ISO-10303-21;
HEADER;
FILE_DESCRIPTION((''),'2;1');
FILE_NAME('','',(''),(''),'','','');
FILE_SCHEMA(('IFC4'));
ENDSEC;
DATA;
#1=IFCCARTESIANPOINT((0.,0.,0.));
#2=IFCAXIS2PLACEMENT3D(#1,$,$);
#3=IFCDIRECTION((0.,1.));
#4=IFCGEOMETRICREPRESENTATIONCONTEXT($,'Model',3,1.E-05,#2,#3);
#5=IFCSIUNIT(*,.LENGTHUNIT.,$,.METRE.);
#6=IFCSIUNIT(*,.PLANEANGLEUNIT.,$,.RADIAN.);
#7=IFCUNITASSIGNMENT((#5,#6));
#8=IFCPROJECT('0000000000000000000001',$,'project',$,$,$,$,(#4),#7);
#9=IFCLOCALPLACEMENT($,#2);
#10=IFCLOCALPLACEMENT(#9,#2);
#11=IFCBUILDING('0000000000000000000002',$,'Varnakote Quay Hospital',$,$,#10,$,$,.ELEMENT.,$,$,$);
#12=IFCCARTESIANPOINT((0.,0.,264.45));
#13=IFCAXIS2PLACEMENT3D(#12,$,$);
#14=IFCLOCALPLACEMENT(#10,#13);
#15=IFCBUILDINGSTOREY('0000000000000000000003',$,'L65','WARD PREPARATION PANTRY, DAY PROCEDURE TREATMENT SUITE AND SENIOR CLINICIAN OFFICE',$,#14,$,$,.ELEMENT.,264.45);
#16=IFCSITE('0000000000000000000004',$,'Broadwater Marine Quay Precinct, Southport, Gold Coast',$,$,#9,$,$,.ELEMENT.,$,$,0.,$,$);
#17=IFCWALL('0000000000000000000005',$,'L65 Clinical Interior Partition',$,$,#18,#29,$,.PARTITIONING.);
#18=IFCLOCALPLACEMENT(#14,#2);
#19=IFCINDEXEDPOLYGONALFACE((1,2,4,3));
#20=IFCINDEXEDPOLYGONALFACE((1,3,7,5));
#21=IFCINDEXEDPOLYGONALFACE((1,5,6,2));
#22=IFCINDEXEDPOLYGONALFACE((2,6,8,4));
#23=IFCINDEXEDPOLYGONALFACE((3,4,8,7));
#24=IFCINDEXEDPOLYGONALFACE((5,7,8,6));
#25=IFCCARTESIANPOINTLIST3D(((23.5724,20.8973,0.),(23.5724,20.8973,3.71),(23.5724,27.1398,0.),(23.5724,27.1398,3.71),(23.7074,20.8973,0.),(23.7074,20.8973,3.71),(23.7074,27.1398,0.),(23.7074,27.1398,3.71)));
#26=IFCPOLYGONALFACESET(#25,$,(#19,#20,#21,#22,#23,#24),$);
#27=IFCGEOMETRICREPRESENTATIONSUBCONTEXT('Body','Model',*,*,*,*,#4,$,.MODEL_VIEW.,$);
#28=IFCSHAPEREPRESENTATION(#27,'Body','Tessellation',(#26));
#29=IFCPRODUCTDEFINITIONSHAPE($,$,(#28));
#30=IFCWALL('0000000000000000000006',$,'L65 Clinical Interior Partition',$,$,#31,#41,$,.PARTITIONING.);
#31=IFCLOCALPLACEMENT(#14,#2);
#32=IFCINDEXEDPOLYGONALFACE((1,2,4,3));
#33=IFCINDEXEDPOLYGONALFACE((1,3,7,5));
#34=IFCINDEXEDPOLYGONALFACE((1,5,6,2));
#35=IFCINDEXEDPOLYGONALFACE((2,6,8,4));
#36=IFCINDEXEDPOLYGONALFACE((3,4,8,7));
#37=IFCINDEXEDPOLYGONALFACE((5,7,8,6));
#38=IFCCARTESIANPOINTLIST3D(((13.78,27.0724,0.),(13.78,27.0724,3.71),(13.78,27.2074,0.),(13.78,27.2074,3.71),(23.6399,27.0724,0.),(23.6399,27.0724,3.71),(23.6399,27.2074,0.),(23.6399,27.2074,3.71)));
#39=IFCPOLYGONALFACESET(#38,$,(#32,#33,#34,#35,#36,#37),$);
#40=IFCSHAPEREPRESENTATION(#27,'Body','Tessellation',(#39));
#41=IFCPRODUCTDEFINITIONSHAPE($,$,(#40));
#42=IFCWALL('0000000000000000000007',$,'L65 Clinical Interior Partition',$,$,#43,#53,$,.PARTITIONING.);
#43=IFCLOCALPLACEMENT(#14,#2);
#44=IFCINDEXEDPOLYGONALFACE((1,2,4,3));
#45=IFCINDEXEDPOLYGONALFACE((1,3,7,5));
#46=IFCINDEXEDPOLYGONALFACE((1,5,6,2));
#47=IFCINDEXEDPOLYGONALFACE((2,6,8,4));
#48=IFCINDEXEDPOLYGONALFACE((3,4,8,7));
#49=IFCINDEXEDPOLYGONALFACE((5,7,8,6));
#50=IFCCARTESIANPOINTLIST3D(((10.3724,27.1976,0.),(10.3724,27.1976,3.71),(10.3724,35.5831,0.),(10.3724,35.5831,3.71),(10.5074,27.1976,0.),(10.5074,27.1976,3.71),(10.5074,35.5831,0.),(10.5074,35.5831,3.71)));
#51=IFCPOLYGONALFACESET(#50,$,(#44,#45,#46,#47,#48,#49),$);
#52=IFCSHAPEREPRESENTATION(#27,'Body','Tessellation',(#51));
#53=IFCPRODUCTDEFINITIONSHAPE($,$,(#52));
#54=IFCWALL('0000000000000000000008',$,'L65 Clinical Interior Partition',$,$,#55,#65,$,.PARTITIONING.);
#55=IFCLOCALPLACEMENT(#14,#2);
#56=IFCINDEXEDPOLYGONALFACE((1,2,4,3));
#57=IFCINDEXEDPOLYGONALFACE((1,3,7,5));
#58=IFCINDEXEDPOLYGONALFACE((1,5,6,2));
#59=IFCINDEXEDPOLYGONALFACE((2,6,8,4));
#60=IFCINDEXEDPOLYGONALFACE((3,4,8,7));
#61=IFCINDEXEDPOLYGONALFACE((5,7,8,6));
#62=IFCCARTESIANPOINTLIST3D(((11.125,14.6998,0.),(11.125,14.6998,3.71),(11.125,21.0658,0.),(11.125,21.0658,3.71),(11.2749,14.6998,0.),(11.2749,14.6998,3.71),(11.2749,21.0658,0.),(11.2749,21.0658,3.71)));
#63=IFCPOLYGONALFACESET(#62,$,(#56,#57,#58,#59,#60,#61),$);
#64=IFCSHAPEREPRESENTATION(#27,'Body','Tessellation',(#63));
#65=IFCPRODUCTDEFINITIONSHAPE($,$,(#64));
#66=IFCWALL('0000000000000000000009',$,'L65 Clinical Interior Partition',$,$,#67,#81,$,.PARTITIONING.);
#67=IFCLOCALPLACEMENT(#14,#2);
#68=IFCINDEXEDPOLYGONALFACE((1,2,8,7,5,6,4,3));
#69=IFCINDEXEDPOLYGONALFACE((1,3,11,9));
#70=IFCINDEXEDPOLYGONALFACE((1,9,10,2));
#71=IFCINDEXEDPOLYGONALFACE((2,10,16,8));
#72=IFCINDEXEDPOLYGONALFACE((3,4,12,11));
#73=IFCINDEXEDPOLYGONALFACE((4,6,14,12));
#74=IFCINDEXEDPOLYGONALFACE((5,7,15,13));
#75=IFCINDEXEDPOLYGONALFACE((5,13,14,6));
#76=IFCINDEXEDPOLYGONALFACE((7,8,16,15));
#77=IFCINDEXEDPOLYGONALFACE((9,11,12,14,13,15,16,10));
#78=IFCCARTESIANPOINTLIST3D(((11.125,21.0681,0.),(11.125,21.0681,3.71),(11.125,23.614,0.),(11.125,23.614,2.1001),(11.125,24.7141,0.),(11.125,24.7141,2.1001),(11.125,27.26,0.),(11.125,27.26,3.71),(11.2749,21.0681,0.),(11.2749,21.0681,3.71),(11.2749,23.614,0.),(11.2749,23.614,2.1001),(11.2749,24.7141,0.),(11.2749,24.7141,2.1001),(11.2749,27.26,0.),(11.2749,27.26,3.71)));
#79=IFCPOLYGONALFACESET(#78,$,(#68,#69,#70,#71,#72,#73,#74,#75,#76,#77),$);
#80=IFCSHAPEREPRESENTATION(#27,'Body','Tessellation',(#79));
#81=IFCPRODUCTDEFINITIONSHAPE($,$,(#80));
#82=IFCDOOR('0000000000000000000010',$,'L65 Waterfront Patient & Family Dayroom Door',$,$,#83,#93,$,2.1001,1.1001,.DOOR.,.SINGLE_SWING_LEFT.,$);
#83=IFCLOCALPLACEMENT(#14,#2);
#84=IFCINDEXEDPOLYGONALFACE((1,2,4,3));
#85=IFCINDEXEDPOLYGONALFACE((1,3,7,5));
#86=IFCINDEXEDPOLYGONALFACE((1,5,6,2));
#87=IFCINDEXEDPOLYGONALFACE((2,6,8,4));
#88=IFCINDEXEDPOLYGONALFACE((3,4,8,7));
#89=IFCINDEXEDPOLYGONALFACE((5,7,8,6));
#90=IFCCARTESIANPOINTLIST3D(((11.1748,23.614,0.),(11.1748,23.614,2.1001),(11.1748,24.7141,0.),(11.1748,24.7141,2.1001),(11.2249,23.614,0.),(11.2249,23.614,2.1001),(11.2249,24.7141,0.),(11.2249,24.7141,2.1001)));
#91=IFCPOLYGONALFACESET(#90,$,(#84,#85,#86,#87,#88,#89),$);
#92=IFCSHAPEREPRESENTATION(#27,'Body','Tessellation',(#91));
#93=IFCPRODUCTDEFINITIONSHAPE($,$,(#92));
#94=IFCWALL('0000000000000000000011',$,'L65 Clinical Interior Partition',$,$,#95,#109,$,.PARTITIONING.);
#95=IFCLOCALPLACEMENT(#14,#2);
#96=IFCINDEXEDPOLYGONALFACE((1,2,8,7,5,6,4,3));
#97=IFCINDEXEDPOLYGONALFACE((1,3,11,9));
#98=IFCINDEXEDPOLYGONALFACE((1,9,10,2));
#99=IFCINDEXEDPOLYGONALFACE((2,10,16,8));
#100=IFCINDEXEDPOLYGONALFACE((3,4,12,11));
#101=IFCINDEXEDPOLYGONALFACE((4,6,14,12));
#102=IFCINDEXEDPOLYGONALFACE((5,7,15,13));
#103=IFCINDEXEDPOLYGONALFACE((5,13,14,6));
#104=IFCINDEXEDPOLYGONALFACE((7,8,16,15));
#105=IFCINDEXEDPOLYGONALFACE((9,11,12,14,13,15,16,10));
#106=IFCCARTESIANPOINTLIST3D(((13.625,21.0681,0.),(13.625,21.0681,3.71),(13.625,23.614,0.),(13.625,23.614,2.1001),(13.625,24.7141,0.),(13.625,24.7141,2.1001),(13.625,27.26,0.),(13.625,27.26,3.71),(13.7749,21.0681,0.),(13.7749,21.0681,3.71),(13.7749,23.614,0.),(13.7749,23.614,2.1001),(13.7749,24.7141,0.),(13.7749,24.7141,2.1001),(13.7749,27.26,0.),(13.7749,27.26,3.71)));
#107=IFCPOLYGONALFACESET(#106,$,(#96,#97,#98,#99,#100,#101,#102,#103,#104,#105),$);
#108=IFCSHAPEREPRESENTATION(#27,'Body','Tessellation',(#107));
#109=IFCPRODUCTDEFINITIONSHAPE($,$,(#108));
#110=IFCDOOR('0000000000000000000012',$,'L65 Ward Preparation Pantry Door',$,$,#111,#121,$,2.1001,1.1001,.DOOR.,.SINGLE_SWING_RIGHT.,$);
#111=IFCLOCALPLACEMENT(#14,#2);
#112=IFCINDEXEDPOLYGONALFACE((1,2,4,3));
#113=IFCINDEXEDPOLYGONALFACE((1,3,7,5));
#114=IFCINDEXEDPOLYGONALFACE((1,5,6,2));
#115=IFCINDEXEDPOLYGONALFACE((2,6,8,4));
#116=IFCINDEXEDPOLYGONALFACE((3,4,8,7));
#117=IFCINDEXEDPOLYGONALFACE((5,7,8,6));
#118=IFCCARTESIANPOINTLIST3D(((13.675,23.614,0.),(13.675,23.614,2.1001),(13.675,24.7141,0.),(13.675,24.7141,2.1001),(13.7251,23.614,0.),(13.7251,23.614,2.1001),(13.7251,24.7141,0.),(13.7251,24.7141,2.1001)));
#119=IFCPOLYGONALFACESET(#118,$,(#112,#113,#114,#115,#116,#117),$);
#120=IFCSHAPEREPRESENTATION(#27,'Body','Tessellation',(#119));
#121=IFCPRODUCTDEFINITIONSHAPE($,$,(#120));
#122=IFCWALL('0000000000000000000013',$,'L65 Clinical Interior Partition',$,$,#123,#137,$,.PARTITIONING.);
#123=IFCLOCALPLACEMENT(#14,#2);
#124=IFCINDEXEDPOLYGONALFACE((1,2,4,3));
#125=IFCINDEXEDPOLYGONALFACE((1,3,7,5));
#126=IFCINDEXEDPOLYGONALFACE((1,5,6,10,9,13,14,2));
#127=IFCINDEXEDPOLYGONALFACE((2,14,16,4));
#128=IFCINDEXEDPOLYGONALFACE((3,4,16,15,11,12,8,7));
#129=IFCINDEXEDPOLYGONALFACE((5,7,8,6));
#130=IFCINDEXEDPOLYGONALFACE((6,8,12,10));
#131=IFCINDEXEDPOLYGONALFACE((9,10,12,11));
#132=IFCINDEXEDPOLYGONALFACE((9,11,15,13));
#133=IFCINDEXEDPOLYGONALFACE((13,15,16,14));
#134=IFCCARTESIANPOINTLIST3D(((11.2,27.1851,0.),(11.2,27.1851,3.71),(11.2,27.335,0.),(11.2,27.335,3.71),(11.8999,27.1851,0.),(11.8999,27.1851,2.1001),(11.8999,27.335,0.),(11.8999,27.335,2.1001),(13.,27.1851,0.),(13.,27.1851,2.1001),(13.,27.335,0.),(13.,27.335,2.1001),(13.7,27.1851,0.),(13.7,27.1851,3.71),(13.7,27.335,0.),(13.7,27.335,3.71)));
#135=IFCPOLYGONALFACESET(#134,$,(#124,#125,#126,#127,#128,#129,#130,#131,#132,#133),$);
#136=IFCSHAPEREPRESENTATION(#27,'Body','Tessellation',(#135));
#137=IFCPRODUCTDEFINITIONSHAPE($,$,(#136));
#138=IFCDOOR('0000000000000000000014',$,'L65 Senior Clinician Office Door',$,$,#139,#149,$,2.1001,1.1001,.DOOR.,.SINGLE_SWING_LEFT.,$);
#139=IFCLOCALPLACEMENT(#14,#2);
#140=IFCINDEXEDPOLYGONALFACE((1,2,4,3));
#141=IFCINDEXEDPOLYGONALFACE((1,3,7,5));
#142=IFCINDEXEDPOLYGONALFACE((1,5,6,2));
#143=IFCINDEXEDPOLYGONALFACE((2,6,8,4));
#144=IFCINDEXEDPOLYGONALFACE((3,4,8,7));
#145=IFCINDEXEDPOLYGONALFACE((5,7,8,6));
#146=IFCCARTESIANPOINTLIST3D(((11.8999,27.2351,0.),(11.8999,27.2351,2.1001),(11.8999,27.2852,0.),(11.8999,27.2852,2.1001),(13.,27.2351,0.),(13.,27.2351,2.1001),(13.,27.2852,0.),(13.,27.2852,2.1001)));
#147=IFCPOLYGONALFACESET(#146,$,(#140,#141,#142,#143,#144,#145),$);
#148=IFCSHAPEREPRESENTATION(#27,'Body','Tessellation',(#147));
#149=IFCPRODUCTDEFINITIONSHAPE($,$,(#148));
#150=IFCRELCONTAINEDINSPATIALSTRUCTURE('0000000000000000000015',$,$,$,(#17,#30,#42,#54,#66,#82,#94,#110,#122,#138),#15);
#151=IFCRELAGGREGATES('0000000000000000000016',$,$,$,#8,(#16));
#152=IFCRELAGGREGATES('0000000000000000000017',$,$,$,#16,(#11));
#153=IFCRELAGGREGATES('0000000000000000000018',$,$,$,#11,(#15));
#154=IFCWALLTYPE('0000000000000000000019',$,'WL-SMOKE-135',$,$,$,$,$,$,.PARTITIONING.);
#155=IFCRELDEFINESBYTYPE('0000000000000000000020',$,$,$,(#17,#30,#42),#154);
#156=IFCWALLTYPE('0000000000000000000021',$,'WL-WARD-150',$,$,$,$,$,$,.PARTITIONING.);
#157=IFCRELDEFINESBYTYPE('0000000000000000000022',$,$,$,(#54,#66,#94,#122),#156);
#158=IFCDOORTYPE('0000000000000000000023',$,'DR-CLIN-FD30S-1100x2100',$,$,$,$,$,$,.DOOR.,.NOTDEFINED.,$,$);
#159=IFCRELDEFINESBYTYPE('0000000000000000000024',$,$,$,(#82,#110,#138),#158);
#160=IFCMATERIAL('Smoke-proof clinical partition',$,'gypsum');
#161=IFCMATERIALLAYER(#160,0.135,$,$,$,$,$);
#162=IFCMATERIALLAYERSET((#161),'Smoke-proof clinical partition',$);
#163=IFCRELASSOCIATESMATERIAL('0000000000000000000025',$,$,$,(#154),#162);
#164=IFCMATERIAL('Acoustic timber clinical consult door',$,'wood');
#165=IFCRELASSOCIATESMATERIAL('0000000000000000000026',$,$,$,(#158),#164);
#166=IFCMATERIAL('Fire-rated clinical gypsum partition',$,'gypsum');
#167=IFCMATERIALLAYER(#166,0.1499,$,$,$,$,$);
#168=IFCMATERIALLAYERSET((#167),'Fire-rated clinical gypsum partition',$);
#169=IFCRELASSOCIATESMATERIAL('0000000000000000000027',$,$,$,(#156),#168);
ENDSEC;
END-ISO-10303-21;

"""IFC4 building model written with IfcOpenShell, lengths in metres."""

from ifc_helpers import new_model, si_unit, direction, frame, frame_2d, origin, place, context, subcontext, project, spatial, rectangle, extrude, material, layer, layer_set, type_object, element, fill, save


model = new_model("IFC4")

# Units and contexts
model_context = context("Model", 3, precision=1e-05, world=origin(), true_north=direction((0.0, 1.0)))
body_context = subcontext(model_context, "Body", "Model", "MODEL_VIEW")
ifc_project = project(units=[si_unit("LENGTHUNIT", "METRE"), si_unit("PLANEANGLEUNIT", "RADIAN")], contexts=[model_context])

# Site, building, storey
site_placement = place(None, origin())
site = spatial("IfcSite", under=ifc_project, at=site_placement, Name="Broadwater Marine Quay Precinct, Southport, Gold Coast", CompositionType="ELEMENT", RefElevation=0.0)
building_placement = place(site_placement, origin())
building = spatial("IfcBuilding", under=site, at=building_placement, Name="Varnakote Quay Hospital", CompositionType="ELEMENT")
storey_placement = place(building_placement, frame((0.0, 0.0, 264.45)))
storey = spatial("IfcBuildingStorey", under=building, at=storey_placement, Name="L65", Description="WARD PREPARATION PANTRY, DAY PROCEDURE TREATMENT SUITE AND SENIOR CLINICIAN OFFICE", CompositionType="ELEMENT", Elevation=264.45)

# Shared definitions
ifc_material_1 = material(Name="Smoke-proof clinical partition", Category="gypsum")
ifc_layer_1 = layer(ifc_material_1, 0.135)
ifc_layer_set_1 = layer_set([ifc_layer_1], Name="Smoke-proof clinical partition")
wall_type_1 = type_object("IfcWallType", Name="WL-SMOKE-135", PredefinedType="PARTITIONING", material=ifc_layer_set_1)

# Shared definitions
ifc_material_2 = material(Name="Acoustic timber clinical consult door", Category="wood")
door_type = type_object("IfcDoorType", Name="DR-CLIN-FD30S-1100x2100", OperationType="NOTDEFINED", PredefinedType="DOOR", material=ifc_material_2)

# Walls
wall_1_placement = place(storey_placement, frame((23.6399, 20.8975, 0.0), z_axis=(0.0, 0.0, 1.0), x_axis=(0.0, 1.0, 0.0)))
element("IfcWall", 1, at=wall_1_placement, inside=storey, type_object=wall_type_1, Name="L65 Clinical Interior Partition", PredefinedType="PARTITIONING", context=body_context, shape_type="SweptSolid", body=[
    extrude(rectangle(XDim=6.2424, YDim=0.135, at=frame_2d((3.1211, 0.0))), origin(), (0.0, 0.0, 1.0), 3.71),
])
wall_2_placement = place(storey_placement, frame((23.6399, 27.1399, 0.0), z_axis=(0.0, 0.0, 1.0), x_axis=(-1.0, 0.0, 0.0)))
element("IfcWall", 2, at=wall_2_placement, inside=storey, type_object=wall_type_1, Name="L65 Clinical Interior Partition", PredefinedType="PARTITIONING", context=body_context, shape_type="SweptSolid", body=[
    extrude(rectangle(XDim=9.8599, YDim=0.135, at=frame_2d((4.9299, 0.0))), origin(), (0.0, 0.0, 1.0), 3.71),
])
wall_3_placement = place(storey_placement, frame((10.4399, 27.1975, 0.0), z_axis=(0.0, 0.0, 1.0), x_axis=(0.0, 1.0, 0.0)))
element("IfcWall", 3, at=wall_3_placement, inside=storey, type_object=wall_type_1, Name="L65 Clinical Interior Partition", PredefinedType="PARTITIONING", context=body_context, shape_type="SweptSolid", body=[
    extrude(rectangle(XDim=8.3855, YDim=0.135, at=frame_2d((4.1929, 0.0))), origin(), (0.0, 0.0, 1.0), 3.71),
])
ifc_material_3 = material(Name="Fire-rated clinical gypsum partition", Category="gypsum")
ifc_layer_2 = layer(ifc_material_3, 0.1499)
ifc_layer_set_2 = layer_set([ifc_layer_2], Name="Fire-rated clinical gypsum partition")
wall_type_2 = type_object("IfcWallType", Name="WL-WARD-150", PredefinedType="PARTITIONING", material=ifc_layer_set_2)
wall_4_placement = place(storey_placement, frame((11.2, 21.0659, 0.0), z_axis=(0.0, 0.0, 1.0), x_axis=(0.0, -1.0, 0.0)))
element("IfcWall", 4, at=wall_4_placement, inside=storey, type_object=wall_type_2, Name="L65 Clinical Interior Partition", PredefinedType="PARTITIONING", context=body_context, shape_type="SweptSolid", body=[
    extrude(rectangle(XDim=6.366, YDim=0.1499, at=frame_2d((3.1831, 0.0))), origin(), (0.0, 0.0, 1.0), 3.71),
])

# Walls, openings, doors
wall_5_placement = place(storey_placement, frame((11.2, 27.26, 0.0), z_axis=(0.0, 0.0, 1.0), x_axis=(0.0, -1.0, 0.0)))
wall_5 = element("IfcWall", 5, at=wall_5_placement, inside=storey, type_object=wall_type_2, Name="L65 Clinical Interior Partition", PredefinedType="PARTITIONING", context=body_context, shape_type="SweptSolid", body=[
    extrude(rectangle(XDim=6.1919, YDim=0.1499, at=frame_2d((3.0959, 0.0))), origin(), (0.0, 0.0, 1.0), 3.71),
])
opening_1_placement = place(wall_5_placement, frame((2.5459, 0.0, 0.0)))
opening_1 = element("IfcOpeningElement", 6, at=opening_1_placement, cuts=wall_5, PredefinedType="OPENING", context=body_context, shape_type="SweptSolid", body=[
    extrude(rectangle(XDim=1.1001, YDim=2.1001, at=frame_2d((0.55, 1.05))), frame((0.0, 0.085, 0.0), z_axis=(0.0, -1.0, 0.0), x_axis=(1.0, 0.0, 0.0)), (0.0, 0.0, 1.0), 0.1699),
])
door_1_placement = place(opening_1_placement, origin())
door_1 = element("IfcDoor", 7, at=door_1_placement, inside=storey, type_object=door_type, Name="L65 Waterfront Patient & Family Dayroom Door", OperationType="SINGLE_SWING_LEFT", OverallHeight=2.1001, OverallWidth=1.1001, PredefinedType="DOOR", context=body_context, shape_type="SweptSolid", body=[
    extrude(rectangle(XDim=1.1001, YDim=2.1001, at=frame_2d((0.55, 1.05))), frame((0.0, 0.0249, 0.0), z_axis=(0.0, -1.0, 0.0), x_axis=(1.0, 0.0, 0.0)), (0.0, 0.0, 1.0), 0.05),
])
fill(opening_1, door_1)
wall_6_placement = place(storey_placement, frame((13.7, 21.0681, 0.0), z_axis=(0.0, 0.0, 1.0), x_axis=(0.0, 1.0, 0.0)))
wall_6 = element("IfcWall", 8, at=wall_6_placement, inside=storey, type_object=wall_type_2, Name="L65 Clinical Interior Partition", PredefinedType="PARTITIONING", context=body_context, shape_type="SweptSolid", body=[
    extrude(rectangle(XDim=6.1919, YDim=0.1499, at=frame_2d((3.0959, 0.0))), origin(), (0.0, 0.0, 1.0), 3.71),
])
opening_2_placement = place(wall_6_placement, frame((2.5459, 0.0, 0.0)))
opening_2 = element("IfcOpeningElement", 9, at=opening_2_placement, cuts=wall_6, PredefinedType="OPENING", context=body_context, shape_type="SweptSolid", body=[
    extrude(rectangle(XDim=1.1001, YDim=2.1001, at=frame_2d((0.55, 1.05))), frame((0.0, 0.085, 0.0), z_axis=(0.0, -1.0, 0.0), x_axis=(1.0, 0.0, 0.0)), (0.0, 0.0, 1.0), 0.1699),
])
door_2_placement = place(opening_2_placement, origin())
door_2 = element("IfcDoor", 10, at=door_2_placement, inside=storey, type_object=door_type, Name="L65 Ward Preparation Pantry Door", OperationType="SINGLE_SWING_RIGHT", OverallHeight=2.1001, OverallWidth=1.1001, PredefinedType="DOOR", context=body_context, shape_type="SweptSolid", body=[
    extrude(rectangle(XDim=1.1001, YDim=2.1001, at=frame_2d((0.55, 1.05))), frame((0.0, 0.0249, 0.0), z_axis=(0.0, -1.0, 0.0), x_axis=(1.0, 0.0, 0.0)), (0.0, 0.0, 1.0), 0.05),
])
fill(opening_2, door_2)
wall_7_placement = place(storey_placement, frame((13.7, 27.26, 0.0), z_axis=(0.0, 0.0, 1.0), x_axis=(-1.0, 0.0, 0.0)))
wall_7 = element("IfcWall", 11, at=wall_7_placement, inside=storey, type_object=wall_type_2, Name="L65 Clinical Interior Partition", PredefinedType="PARTITIONING", context=body_context, shape_type="SweptSolid", body=[
    extrude(rectangle(XDim=2.5, YDim=0.1499, at=frame_2d((1.25, 0.0))), origin(), (0.0, 0.0, 1.0), 3.71),
])
opening_3_placement = place(wall_7_placement, frame((0.7, 0.0, 0.0)))
opening_3 = element("IfcOpeningElement", 12, at=opening_3_placement, cuts=wall_7, PredefinedType="OPENING", context=body_context, shape_type="SweptSolid", body=[
    extrude(rectangle(XDim=1.1001, YDim=2.1001, at=frame_2d((0.55, 1.05))), frame((0.0, 0.085, 0.0), z_axis=(0.0, -1.0, 0.0), x_axis=(1.0, 0.0, 0.0)), (0.0, 0.0, 1.0), 0.1699),
])
door_3_placement = place(opening_3_placement, origin())
door_3 = element("IfcDoor", 13, at=door_3_placement, inside=storey, type_object=door_type, Name="L65 Senior Clinician Office Door", OperationType="SINGLE_SWING_LEFT", OverallHeight=2.1001, OverallWidth=1.1001, PredefinedType="DOOR", context=body_context, shape_type="SweptSolid", body=[
    extrude(rectangle(XDim=1.1001, YDim=2.1001, at=frame_2d((0.55, 1.05))), frame((0.0, 0.0249, 0.0), z_axis=(0.0, -1.0, 0.0), x_axis=(1.0, 0.0, 0.0)), (0.0, 0.0, 1.0), 0.05),
])
fill(opening_3, door_3)

save(model, "model.ifc")
